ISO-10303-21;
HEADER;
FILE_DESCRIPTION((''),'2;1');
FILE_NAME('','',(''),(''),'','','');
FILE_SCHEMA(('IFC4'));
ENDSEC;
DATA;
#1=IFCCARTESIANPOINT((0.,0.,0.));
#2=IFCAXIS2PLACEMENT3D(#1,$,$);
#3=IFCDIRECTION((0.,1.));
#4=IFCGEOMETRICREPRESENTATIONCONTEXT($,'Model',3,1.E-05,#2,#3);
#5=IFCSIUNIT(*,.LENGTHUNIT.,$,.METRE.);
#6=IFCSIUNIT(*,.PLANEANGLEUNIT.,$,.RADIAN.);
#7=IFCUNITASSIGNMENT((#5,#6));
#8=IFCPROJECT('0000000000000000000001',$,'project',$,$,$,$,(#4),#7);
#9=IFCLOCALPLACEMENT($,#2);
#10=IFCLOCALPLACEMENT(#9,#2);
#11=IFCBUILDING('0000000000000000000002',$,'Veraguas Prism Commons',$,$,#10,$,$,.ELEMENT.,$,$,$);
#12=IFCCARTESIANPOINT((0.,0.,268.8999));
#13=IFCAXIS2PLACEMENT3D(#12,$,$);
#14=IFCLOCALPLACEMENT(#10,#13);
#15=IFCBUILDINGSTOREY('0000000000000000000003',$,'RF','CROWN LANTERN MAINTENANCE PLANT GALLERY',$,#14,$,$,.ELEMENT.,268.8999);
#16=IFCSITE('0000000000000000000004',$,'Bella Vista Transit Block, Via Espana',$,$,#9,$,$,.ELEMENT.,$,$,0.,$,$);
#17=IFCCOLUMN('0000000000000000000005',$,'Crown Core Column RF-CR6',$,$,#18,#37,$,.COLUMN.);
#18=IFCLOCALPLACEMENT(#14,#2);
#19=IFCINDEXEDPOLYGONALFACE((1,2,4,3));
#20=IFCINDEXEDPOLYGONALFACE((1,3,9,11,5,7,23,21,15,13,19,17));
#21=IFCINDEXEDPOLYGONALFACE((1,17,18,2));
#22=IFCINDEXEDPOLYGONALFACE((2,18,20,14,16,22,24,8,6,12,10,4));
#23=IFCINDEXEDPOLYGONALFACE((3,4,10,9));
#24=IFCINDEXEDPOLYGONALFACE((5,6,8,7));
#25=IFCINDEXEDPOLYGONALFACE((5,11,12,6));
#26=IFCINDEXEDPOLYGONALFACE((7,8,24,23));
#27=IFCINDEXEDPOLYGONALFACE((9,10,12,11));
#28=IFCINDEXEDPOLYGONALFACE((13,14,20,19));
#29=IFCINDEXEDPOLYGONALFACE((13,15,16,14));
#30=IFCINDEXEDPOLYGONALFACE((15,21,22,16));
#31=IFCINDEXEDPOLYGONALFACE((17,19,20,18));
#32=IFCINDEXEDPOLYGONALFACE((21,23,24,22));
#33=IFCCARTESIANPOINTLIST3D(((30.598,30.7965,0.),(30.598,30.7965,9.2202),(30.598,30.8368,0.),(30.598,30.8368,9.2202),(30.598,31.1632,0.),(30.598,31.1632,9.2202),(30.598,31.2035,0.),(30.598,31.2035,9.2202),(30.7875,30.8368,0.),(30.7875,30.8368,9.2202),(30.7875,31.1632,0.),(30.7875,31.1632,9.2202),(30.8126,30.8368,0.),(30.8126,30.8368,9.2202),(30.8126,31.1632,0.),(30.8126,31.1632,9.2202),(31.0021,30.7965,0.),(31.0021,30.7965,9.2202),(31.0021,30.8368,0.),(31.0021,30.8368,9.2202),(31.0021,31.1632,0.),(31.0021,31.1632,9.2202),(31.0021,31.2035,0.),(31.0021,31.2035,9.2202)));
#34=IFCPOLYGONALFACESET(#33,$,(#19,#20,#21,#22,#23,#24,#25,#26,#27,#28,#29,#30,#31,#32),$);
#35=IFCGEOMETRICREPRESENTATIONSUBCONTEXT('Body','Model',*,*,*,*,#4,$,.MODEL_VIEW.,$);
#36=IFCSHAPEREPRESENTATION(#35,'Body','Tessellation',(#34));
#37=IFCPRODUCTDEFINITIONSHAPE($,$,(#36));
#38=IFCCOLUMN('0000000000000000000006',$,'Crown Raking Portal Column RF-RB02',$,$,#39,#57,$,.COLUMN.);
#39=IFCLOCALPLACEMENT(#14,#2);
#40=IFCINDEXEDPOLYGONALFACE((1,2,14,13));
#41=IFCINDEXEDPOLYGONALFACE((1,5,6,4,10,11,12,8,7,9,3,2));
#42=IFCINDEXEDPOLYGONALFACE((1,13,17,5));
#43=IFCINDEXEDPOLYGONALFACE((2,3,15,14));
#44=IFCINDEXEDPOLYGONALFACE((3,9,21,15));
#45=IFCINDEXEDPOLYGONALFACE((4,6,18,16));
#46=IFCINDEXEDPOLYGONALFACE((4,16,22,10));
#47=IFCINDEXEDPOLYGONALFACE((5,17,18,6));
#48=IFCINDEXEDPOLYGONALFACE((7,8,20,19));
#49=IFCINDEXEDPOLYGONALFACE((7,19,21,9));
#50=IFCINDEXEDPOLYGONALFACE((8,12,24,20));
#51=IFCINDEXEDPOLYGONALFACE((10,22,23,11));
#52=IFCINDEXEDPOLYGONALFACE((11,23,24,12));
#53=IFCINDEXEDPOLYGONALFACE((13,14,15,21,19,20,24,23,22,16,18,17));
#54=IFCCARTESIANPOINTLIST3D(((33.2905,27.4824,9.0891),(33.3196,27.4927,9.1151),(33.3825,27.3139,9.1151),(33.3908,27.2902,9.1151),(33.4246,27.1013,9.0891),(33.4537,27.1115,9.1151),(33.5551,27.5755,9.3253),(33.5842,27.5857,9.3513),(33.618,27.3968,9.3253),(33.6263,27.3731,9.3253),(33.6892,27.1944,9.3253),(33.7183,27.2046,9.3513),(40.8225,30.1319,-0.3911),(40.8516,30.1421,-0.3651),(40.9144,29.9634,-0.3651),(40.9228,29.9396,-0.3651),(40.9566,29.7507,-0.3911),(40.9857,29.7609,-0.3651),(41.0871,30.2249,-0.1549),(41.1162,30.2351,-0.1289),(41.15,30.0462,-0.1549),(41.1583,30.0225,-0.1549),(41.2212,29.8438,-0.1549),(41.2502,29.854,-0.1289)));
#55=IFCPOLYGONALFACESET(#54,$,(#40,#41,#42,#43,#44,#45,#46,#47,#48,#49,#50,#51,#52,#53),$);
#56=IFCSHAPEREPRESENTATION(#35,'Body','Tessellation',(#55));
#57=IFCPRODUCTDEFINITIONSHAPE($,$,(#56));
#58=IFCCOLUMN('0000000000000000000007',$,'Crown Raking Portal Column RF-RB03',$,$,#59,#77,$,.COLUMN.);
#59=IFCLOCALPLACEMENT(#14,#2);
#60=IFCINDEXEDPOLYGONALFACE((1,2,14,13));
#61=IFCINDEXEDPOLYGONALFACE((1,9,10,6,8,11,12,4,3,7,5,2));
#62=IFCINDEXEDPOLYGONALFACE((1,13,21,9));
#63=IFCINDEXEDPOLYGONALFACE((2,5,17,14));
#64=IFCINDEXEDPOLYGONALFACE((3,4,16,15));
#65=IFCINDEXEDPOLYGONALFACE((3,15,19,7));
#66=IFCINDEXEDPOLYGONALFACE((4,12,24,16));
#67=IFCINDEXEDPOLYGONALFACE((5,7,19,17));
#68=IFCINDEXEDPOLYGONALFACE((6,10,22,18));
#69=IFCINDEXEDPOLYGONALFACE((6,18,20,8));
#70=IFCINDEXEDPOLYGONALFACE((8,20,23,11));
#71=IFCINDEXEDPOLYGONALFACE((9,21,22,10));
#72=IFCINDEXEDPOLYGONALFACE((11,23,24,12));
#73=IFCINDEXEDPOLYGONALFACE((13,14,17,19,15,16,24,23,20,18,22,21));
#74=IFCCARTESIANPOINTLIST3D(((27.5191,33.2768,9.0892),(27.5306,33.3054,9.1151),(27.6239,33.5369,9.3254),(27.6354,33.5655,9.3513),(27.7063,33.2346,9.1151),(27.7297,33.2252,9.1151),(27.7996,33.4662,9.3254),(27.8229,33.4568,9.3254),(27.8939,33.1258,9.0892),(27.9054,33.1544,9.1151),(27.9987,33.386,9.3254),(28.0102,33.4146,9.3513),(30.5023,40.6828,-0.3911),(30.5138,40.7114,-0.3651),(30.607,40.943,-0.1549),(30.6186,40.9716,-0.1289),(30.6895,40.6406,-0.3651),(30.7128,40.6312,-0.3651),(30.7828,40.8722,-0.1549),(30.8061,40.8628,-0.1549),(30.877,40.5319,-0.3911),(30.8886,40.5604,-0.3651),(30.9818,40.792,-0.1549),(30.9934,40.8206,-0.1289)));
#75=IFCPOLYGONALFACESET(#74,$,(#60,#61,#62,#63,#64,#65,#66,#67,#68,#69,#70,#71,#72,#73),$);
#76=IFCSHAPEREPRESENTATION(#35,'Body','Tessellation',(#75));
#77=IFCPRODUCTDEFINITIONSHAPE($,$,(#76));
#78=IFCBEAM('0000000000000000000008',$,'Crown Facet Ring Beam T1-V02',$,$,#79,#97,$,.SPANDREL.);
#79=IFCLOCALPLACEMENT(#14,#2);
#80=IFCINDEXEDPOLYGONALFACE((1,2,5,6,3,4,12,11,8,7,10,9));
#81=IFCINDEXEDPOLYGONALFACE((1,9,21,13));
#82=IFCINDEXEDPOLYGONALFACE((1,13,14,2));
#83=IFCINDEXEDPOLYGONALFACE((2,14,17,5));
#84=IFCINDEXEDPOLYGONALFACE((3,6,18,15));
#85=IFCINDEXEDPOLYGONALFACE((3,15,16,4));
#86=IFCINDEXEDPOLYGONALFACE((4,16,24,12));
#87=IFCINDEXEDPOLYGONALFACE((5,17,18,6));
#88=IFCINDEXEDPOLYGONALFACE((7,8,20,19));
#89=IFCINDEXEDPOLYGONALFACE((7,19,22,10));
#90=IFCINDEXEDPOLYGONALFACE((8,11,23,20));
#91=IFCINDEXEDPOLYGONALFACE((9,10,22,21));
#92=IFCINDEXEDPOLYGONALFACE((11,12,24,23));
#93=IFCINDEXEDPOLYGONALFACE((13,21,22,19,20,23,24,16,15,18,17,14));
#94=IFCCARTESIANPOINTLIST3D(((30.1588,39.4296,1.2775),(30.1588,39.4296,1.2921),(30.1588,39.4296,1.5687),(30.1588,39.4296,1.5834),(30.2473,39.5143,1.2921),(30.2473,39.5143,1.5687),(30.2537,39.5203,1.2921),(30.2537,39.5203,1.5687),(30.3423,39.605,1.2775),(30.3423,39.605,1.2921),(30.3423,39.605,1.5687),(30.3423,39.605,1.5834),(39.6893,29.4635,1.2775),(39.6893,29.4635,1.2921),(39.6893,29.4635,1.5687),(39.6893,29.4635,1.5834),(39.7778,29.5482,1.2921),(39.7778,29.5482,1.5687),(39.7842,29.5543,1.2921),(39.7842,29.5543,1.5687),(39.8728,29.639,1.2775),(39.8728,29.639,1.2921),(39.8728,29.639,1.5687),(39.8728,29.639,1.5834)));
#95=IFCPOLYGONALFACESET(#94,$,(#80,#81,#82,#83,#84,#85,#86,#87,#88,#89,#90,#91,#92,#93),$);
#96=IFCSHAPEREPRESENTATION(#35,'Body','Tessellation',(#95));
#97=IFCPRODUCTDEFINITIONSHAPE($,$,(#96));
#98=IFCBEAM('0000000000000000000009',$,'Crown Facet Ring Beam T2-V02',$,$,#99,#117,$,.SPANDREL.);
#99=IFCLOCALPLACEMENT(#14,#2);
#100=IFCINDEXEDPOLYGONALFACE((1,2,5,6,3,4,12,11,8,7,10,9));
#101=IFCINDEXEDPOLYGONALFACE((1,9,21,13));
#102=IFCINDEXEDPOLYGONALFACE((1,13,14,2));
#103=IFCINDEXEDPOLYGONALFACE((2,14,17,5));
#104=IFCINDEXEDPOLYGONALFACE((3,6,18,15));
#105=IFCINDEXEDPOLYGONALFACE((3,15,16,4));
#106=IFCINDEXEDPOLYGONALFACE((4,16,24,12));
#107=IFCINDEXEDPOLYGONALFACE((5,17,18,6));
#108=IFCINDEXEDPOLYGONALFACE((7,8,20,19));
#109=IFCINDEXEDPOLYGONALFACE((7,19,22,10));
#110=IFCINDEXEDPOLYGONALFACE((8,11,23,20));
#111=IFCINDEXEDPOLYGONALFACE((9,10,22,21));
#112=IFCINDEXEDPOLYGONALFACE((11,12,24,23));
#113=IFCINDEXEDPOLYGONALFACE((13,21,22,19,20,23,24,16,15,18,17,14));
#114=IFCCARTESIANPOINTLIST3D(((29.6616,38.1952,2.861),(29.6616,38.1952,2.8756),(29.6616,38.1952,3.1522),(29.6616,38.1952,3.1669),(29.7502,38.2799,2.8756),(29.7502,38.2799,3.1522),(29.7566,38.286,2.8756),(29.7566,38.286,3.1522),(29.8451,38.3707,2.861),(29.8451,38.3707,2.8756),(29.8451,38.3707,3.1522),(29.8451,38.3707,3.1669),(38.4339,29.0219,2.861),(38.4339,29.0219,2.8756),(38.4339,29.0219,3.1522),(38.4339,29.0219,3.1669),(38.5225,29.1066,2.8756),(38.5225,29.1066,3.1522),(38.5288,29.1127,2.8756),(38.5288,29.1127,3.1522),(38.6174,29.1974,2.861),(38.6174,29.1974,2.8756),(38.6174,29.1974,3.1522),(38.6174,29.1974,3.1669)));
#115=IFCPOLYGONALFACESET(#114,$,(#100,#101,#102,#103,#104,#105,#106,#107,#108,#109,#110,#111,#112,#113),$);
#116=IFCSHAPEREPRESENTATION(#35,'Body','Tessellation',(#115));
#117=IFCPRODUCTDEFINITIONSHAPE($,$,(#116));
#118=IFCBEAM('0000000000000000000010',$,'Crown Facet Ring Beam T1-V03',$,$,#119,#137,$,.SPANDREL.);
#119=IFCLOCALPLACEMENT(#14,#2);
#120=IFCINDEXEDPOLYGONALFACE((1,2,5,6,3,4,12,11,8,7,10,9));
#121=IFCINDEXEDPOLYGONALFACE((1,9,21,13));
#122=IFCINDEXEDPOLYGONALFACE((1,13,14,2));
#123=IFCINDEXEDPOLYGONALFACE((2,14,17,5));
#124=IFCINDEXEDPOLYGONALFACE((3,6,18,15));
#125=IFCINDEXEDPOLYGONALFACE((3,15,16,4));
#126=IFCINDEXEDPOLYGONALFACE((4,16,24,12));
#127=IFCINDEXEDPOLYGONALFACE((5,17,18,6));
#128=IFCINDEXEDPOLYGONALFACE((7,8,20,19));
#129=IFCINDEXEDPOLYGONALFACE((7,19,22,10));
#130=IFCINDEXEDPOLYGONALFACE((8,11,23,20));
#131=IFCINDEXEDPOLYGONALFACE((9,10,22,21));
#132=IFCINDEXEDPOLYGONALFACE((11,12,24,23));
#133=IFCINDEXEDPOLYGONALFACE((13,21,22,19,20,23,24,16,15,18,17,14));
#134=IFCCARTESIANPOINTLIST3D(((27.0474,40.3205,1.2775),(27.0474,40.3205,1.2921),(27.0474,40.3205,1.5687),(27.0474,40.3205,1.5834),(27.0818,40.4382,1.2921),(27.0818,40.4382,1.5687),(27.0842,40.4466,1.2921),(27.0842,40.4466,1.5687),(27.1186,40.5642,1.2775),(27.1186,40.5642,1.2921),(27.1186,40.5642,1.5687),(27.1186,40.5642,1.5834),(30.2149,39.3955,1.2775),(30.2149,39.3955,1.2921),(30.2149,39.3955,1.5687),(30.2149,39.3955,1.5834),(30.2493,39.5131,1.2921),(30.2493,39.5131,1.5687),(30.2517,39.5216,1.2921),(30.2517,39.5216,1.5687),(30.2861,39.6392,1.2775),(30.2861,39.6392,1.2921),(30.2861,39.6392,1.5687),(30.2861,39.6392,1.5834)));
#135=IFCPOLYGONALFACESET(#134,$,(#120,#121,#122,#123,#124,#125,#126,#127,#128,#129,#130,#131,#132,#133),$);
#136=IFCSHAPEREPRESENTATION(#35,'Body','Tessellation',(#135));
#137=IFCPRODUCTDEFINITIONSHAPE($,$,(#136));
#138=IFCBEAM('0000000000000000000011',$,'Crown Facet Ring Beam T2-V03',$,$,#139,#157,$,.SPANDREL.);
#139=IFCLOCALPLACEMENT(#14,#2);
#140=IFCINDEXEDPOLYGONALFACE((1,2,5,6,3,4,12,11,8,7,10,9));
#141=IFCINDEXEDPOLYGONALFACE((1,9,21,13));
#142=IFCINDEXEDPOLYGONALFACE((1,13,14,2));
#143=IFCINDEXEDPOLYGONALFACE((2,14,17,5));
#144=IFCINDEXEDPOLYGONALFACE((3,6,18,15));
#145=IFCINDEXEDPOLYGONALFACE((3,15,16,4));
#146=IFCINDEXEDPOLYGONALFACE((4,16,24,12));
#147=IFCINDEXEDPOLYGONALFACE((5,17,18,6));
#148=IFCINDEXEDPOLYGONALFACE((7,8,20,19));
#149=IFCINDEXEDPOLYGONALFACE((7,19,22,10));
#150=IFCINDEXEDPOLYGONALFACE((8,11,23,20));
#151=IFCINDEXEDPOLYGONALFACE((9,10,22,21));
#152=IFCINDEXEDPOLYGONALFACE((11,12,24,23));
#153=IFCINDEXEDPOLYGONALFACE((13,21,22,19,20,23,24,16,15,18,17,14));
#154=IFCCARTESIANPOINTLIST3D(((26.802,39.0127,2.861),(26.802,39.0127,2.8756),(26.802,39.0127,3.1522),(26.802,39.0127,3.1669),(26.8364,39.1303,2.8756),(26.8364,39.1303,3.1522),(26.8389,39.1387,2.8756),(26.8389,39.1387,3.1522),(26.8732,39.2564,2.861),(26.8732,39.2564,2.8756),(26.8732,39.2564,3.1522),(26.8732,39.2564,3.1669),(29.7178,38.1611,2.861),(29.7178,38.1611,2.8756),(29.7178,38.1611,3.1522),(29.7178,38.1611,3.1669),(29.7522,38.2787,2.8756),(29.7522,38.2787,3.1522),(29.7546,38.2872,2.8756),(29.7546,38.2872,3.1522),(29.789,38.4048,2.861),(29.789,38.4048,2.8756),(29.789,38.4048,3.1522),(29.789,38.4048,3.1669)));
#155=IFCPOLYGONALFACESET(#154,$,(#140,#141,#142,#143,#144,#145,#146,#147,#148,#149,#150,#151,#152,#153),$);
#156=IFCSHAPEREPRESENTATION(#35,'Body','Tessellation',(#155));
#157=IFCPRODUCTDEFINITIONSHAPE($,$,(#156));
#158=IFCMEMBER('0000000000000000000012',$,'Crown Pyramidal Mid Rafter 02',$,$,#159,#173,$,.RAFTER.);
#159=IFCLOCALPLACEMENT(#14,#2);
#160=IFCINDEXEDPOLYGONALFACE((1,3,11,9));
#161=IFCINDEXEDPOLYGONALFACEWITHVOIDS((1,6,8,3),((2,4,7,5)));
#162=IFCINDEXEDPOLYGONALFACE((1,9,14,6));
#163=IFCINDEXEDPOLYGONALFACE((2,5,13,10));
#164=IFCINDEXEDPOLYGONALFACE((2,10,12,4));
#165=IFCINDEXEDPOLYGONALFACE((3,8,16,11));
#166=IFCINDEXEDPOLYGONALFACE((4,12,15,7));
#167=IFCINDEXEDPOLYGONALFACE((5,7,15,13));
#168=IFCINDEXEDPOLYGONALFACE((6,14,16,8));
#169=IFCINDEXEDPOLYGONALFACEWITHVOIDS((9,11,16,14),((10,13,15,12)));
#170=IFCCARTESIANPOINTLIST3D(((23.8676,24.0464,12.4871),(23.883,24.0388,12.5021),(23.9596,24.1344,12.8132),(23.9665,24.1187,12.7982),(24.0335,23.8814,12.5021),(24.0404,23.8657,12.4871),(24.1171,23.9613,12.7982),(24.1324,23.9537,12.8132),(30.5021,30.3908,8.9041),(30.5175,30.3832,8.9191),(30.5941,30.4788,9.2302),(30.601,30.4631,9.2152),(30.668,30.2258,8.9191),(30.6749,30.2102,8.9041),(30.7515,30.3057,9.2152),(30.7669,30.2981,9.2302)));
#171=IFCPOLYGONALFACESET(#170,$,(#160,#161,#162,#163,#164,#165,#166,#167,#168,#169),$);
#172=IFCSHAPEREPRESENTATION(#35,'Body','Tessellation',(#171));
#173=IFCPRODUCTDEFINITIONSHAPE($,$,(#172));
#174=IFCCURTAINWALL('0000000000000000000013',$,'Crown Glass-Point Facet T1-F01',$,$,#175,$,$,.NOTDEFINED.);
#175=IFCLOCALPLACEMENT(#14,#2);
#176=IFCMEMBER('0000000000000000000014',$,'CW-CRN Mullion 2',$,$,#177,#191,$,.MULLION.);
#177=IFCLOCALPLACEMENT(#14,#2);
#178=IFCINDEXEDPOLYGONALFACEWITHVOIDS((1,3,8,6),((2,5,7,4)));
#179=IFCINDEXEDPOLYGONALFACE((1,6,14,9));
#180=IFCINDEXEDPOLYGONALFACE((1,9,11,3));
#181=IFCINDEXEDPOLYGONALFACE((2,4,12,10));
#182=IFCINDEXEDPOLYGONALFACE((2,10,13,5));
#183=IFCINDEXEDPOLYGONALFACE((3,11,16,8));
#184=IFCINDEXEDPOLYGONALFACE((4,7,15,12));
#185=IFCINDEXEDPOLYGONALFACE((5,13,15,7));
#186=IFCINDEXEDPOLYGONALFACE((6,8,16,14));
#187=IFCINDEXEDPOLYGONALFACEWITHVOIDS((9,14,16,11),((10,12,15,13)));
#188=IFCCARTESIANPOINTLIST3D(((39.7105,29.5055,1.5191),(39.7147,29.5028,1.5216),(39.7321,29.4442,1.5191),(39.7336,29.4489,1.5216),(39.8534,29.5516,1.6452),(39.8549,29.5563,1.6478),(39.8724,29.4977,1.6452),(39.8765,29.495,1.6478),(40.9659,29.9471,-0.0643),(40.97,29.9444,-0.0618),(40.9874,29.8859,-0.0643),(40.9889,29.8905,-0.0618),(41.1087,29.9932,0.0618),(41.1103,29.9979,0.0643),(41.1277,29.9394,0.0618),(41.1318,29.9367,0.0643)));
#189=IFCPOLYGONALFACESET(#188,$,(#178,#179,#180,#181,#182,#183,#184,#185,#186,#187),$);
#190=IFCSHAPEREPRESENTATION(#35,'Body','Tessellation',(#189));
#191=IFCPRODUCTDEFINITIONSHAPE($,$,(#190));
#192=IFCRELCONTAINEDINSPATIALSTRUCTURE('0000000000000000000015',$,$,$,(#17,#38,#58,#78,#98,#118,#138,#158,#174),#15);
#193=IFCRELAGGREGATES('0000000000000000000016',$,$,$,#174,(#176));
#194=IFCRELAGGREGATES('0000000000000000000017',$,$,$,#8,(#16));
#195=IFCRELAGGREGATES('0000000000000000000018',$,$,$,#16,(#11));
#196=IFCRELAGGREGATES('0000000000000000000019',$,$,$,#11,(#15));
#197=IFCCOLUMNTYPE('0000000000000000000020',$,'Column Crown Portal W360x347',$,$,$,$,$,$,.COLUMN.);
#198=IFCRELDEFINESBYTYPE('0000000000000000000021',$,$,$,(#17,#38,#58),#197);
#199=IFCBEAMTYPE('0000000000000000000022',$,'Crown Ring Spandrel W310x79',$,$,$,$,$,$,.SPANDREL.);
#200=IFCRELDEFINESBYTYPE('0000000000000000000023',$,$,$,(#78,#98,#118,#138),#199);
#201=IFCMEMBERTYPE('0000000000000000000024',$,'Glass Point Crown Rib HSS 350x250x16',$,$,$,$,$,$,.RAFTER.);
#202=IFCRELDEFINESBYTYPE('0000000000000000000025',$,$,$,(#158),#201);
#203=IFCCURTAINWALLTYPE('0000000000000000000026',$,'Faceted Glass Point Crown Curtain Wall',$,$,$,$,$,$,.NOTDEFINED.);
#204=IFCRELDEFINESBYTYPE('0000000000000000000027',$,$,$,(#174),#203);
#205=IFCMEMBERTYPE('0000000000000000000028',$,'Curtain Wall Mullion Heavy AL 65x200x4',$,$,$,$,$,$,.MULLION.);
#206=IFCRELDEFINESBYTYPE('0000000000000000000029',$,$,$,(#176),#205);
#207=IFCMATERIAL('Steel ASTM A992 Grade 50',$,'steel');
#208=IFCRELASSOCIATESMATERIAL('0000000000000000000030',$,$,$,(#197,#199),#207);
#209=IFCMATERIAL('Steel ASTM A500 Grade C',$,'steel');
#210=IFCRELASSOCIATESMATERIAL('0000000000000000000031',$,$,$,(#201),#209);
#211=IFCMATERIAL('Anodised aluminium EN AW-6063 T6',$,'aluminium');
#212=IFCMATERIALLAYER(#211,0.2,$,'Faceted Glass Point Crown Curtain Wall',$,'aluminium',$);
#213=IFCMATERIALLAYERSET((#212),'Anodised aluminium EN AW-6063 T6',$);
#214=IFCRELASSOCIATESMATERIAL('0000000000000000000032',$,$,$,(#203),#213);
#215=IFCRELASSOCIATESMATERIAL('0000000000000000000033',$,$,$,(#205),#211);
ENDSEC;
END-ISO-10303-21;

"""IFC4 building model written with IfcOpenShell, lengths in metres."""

from ifc_helpers import new_model, si_unit, direction, frame, origin, origin_2d, place, context, subcontext, project, spatial, hollow_rectangle, i_section, extrude, source, transform, mapped, material, layer, layer_set, material_profile, profile_set, type_object, element, aggregate, save


model = new_model("IFC4")

# Units and contexts
model_context = context("Model", 3, precision=1e-05, world=origin(), true_north=direction((0.0, 1.0)))
body_context = subcontext(model_context, "Body", "Model", "MODEL_VIEW")
ifc_project = project(units=[si_unit("LENGTHUNIT", "METRE"), si_unit("PLANEANGLEUNIT", "RADIAN")], contexts=[model_context])

# Site, building, storey
site_placement = place(None, origin())
site = spatial("IfcSite", under=ifc_project, at=site_placement, Name="Bella Vista Transit Block, Via Espana", CompositionType="ELEMENT", RefElevation=0.0)
building_placement = place(site_placement, origin())
building = spatial("IfcBuilding", under=site, at=building_placement, Name="Veraguas Prism Commons", CompositionType="ELEMENT")
storey_placement = place(building_placement, frame((0.0, 0.0, 268.8999)))
storey = spatial("IfcBuildingStorey", under=building, at=storey_placement, Name="RF", Description="CROWN LANTERN MAINTENANCE PLANT GALLERY", CompositionType="ELEMENT", Elevation=268.8999)

# Columns
ifc_material_1 = material(Name="Steel ASTM A992 Grade 50", Category="steel")
ifc_material_profile_1 = material_profile(ifc_material_1, i_section(OverallWidth=0.4041, OverallDepth=0.407, WebThickness=0.0251, FlangeThickness=0.0403, at=origin_2d()), Name="W360X347")
ifc_profile_set_1 = profile_set([ifc_material_profile_1], Name="Steel ASTM A992 Grade 50")
column_type = type_object("IfcColumnType", Name="Column Crown Portal W360x347", PredefinedType="COLUMN", material=ifc_profile_set_1)
column_placement = place(storey_placement, frame((30.8, 31.0, 0.0), z_axis=(0.0, 0.0, 1.0), x_axis=(1.0, 0.0, 0.0)))
element("IfcColumn", 1, at=column_placement, inside=storey, type_object=column_type, Name="Crown Core Column RF-CR6", PredefinedType="COLUMN", context=body_context, shape_type="SweptSolid", body=[
    extrude(i_section(OverallWidth=0.4041, OverallDepth=0.407, WebThickness=0.0251, FlangeThickness=0.0403, at=origin_2d()), origin(), (0.0, 0.0, 1.0), 9.2202),
])
for number, where, z_axis, x_axis, name in (
    (2, (41.0364, 29.9929, -0.26), (-0.607685, -0.213756, 0.764871), (0.331825, -0.943341, 0.0), "Crown Raking Portal Column RF-RB02"),
    (3, (30.7478, 40.7517, -0.26), (-0.240684, -0.597525, 0.764876), (0.927578, -0.37363, 0.0), "Crown Raking Portal Column RF-RB03"),
):
    element("IfcColumn", number, at=place(storey_placement, frame(where, z_axis=z_axis, x_axis=x_axis)), inside=storey, type_object=column_type, Name=name, PredefinedType="COLUMN", context=body_context, shape_type="SweptSolid", body=[
        extrude(i_section(OverallWidth=0.4041, OverallDepth=0.407, WebThickness=0.0251, FlangeThickness=0.0403, at=origin_2d()), origin(), (0.0, 0.0, 1.0), 12.3945),
    ])

# Beams
ifc_material_profile_2 = material_profile(ifc_material_1, i_section(OverallWidth=0.2539, OverallDepth=0.3059, WebThickness=0.0088, FlangeThickness=0.0146, at=origin_2d()), Name="W310X79")
ifc_profile_set_2 = profile_set([ifc_material_profile_2], Name="Steel ASTM A992 Grade 50")
beam_type = type_object("IfcBeamType", Name="Crown Ring Spandrel W310x79", PredefinedType="SPANDREL", material=ifc_profile_set_2)
beam_1_placement = place(storey_placement, frame((39.781, 29.5513, 1.4304), z_axis=(-0.691138, 0.722723, 0.0), x_axis=(-0.722723, -0.691138, 0.0)))
element("IfcBeam", 4, at=beam_1_placement, inside=storey, type_object=beam_type, Name="Crown Facet Ring Beam T1-V02", PredefinedType="SPANDREL", context=body_context, shape_type="SweptSolid", body=[
    extrude(i_section(OverallWidth=0.2539, OverallDepth=0.3059, WebThickness=0.0088, FlangeThickness=0.0146, at=origin_2d()), origin(), (0.0, 0.0, 1.0), 13.7896),
])
beam_2_placement = place(storey_placement, frame((38.5256, 29.1096, 3.0139), z_axis=(-0.691129, 0.722732, 0.0), x_axis=(-0.722732, -0.691129, 0.0)))
element("IfcBeam", 5, at=beam_2_placement, inside=storey, type_object=beam_type, Name="Crown Facet Ring Beam T2-V02", PredefinedType="SPANDREL", context=body_context, shape_type="SweptSolid", body=[
    extrude(i_section(OverallWidth=0.2539, OverallDepth=0.3059, WebThickness=0.0088, FlangeThickness=0.0146, at=origin_2d()), origin(), (0.0, 0.0, 1.0), 12.6926),
])
beam_3_placement = place(storey_placement, frame((30.2505, 39.5173, 1.4304), z_axis=(-0.959902, 0.280335, 0.0), x_axis=(-0.280335, -0.959902, 0.0)))
element("IfcBeam", 6, at=beam_3_placement, inside=storey, type_object=beam_type, Name="Crown Facet Ring Beam T1-V03", PredefinedType="SPANDREL", context=body_context, shape_type="SweptSolid", body=[
    extrude(i_section(OverallWidth=0.2539, OverallDepth=0.3059, WebThickness=0.0088, FlangeThickness=0.0146, at=origin_2d()), origin(), (0.0, 0.0, 1.0), 3.2998),
])
beam_4_placement = place(storey_placement, frame((29.7534, 38.283, 3.0139), z_axis=(-0.9599, 0.280343, 0.0), x_axis=(-0.280343, -0.9599, 0.0)))
element("IfcBeam", 7, at=beam_4_placement, inside=storey, type_object=beam_type, Name="Crown Facet Ring Beam T2-V03", PredefinedType="SPANDREL", context=body_context, shape_type="SweptSolid", body=[
    extrude(i_section(OverallWidth=0.2539, OverallDepth=0.3059, WebThickness=0.0088, FlangeThickness=0.0146, at=origin_2d()), origin(), (0.0, 0.0, 1.0), 3.0376),
])

# Member
ifc_material_2 = material(Name="Steel ASTM A500 Grade C", Category="steel")
ifc_material_profile_3 = material_profile(ifc_material_2, hollow_rectangle(XDim=0.25, YDim=0.3501, WallThickness=0.0161, at=origin_2d()), Name="HSS350X250X16")
ifc_profile_set_3 = profile_set([ifc_material_profile_3], Name="Steel ASTM A500 Grade C")
member_type_1 = type_object("IfcMemberType", Name="Glass Point Crown Rib HSS 350x250x16", PredefinedType="RAFTER", material=ifc_profile_set_3)
member_1_placement = place(storey_placement, frame((30.6345, 30.3445, 9.0671), z_axis=(-0.673261, -0.643829, 0.363598), x_axis=(0.691133, -0.722728, 0.0)))
element("IfcMember", 8, at=member_1_placement, inside=storey, type_object=member_type_1, Name="Crown Pyramidal Mid Rafter 02", PredefinedType="RAFTER", context=body_context, shape_type="SweptSolid", body=[
    extrude(hollow_rectangle(XDim=0.25, YDim=0.3501, WallThickness=0.0161, at=origin_2d()), origin(), (0.0, 0.0, 1.0), 9.8542),
])

# Curtain wall, member
ifc_material_3 = material(Name="Anodised aluminium EN AW-6063 T6", Category="aluminium")
ifc_layer_1 = layer(ifc_material_3, 0.2, Name="Faceted Glass Point Crown Curtain Wall", Category="aluminium")
ifc_layer_set_1 = layer_set([ifc_layer_1], Name="Anodised aluminium EN AW-6063 T6")
curtain_wall_type = type_object("IfcCurtainWallType", Name="Faceted Glass Point Crown Curtain Wall", PredefinedType="NOTDEFINED", material=ifc_layer_set_1)
curtain_wall_1_placement = place(storey_placement, origin())
curtain_wall_1 = element("IfcCurtainWall", 9, at=curtain_wall_1_placement, inside=storey, type_object=curtain_wall_type, Name="Crown Glass-Point Facet T1-F01", PredefinedType="NOTDEFINED")
ifc_material_profile_4 = material_profile(ifc_material_3, hollow_rectangle(XDim=0.0649, YDim=0.2, WallThickness=0.0039, at=origin_2d()), Name="AL65X200X4")
ifc_profile_set_4 = profile_set([ifc_material_profile_4], Name="Anodised aluminium EN AW-6063 T6")
member_type_2 = type_object("IfcMemberType", Name="Curtain Wall Mullion Heavy AL 65x200x4", PredefinedType="MULLION", material=ifc_profile_set_4)
shared_shape_1 = source(origin(), body_context, "Body", "SweptSolid", [
    extrude(hollow_rectangle(XDim=0.0649, YDim=0.2, WallThickness=0.0039, at=origin_2d()), origin(), (0.0, 0.0, 1.0), 2.0684),
])
member_2_placement = place(storey_placement, frame((41.0488, 29.9419, 0.0), z_axis=(-0.606915, -0.213518, 0.765548), x_axis=(0.33187, -0.943325, 0.0)))
member_2 = element("IfcMember", 10, at=member_2_placement, type_object=member_type_2, Name="CW-CRN Mullion 2", PredefinedType="MULLION", context=body_context, shape_type="MappedRepresentation", body=[
    mapped(shared_shape_1, transform((0.0, 0.0, 0.0), scale=1.0)),
])
aggregate(curtain_wall_1, [member_2])

save(model, "model.ifc")
